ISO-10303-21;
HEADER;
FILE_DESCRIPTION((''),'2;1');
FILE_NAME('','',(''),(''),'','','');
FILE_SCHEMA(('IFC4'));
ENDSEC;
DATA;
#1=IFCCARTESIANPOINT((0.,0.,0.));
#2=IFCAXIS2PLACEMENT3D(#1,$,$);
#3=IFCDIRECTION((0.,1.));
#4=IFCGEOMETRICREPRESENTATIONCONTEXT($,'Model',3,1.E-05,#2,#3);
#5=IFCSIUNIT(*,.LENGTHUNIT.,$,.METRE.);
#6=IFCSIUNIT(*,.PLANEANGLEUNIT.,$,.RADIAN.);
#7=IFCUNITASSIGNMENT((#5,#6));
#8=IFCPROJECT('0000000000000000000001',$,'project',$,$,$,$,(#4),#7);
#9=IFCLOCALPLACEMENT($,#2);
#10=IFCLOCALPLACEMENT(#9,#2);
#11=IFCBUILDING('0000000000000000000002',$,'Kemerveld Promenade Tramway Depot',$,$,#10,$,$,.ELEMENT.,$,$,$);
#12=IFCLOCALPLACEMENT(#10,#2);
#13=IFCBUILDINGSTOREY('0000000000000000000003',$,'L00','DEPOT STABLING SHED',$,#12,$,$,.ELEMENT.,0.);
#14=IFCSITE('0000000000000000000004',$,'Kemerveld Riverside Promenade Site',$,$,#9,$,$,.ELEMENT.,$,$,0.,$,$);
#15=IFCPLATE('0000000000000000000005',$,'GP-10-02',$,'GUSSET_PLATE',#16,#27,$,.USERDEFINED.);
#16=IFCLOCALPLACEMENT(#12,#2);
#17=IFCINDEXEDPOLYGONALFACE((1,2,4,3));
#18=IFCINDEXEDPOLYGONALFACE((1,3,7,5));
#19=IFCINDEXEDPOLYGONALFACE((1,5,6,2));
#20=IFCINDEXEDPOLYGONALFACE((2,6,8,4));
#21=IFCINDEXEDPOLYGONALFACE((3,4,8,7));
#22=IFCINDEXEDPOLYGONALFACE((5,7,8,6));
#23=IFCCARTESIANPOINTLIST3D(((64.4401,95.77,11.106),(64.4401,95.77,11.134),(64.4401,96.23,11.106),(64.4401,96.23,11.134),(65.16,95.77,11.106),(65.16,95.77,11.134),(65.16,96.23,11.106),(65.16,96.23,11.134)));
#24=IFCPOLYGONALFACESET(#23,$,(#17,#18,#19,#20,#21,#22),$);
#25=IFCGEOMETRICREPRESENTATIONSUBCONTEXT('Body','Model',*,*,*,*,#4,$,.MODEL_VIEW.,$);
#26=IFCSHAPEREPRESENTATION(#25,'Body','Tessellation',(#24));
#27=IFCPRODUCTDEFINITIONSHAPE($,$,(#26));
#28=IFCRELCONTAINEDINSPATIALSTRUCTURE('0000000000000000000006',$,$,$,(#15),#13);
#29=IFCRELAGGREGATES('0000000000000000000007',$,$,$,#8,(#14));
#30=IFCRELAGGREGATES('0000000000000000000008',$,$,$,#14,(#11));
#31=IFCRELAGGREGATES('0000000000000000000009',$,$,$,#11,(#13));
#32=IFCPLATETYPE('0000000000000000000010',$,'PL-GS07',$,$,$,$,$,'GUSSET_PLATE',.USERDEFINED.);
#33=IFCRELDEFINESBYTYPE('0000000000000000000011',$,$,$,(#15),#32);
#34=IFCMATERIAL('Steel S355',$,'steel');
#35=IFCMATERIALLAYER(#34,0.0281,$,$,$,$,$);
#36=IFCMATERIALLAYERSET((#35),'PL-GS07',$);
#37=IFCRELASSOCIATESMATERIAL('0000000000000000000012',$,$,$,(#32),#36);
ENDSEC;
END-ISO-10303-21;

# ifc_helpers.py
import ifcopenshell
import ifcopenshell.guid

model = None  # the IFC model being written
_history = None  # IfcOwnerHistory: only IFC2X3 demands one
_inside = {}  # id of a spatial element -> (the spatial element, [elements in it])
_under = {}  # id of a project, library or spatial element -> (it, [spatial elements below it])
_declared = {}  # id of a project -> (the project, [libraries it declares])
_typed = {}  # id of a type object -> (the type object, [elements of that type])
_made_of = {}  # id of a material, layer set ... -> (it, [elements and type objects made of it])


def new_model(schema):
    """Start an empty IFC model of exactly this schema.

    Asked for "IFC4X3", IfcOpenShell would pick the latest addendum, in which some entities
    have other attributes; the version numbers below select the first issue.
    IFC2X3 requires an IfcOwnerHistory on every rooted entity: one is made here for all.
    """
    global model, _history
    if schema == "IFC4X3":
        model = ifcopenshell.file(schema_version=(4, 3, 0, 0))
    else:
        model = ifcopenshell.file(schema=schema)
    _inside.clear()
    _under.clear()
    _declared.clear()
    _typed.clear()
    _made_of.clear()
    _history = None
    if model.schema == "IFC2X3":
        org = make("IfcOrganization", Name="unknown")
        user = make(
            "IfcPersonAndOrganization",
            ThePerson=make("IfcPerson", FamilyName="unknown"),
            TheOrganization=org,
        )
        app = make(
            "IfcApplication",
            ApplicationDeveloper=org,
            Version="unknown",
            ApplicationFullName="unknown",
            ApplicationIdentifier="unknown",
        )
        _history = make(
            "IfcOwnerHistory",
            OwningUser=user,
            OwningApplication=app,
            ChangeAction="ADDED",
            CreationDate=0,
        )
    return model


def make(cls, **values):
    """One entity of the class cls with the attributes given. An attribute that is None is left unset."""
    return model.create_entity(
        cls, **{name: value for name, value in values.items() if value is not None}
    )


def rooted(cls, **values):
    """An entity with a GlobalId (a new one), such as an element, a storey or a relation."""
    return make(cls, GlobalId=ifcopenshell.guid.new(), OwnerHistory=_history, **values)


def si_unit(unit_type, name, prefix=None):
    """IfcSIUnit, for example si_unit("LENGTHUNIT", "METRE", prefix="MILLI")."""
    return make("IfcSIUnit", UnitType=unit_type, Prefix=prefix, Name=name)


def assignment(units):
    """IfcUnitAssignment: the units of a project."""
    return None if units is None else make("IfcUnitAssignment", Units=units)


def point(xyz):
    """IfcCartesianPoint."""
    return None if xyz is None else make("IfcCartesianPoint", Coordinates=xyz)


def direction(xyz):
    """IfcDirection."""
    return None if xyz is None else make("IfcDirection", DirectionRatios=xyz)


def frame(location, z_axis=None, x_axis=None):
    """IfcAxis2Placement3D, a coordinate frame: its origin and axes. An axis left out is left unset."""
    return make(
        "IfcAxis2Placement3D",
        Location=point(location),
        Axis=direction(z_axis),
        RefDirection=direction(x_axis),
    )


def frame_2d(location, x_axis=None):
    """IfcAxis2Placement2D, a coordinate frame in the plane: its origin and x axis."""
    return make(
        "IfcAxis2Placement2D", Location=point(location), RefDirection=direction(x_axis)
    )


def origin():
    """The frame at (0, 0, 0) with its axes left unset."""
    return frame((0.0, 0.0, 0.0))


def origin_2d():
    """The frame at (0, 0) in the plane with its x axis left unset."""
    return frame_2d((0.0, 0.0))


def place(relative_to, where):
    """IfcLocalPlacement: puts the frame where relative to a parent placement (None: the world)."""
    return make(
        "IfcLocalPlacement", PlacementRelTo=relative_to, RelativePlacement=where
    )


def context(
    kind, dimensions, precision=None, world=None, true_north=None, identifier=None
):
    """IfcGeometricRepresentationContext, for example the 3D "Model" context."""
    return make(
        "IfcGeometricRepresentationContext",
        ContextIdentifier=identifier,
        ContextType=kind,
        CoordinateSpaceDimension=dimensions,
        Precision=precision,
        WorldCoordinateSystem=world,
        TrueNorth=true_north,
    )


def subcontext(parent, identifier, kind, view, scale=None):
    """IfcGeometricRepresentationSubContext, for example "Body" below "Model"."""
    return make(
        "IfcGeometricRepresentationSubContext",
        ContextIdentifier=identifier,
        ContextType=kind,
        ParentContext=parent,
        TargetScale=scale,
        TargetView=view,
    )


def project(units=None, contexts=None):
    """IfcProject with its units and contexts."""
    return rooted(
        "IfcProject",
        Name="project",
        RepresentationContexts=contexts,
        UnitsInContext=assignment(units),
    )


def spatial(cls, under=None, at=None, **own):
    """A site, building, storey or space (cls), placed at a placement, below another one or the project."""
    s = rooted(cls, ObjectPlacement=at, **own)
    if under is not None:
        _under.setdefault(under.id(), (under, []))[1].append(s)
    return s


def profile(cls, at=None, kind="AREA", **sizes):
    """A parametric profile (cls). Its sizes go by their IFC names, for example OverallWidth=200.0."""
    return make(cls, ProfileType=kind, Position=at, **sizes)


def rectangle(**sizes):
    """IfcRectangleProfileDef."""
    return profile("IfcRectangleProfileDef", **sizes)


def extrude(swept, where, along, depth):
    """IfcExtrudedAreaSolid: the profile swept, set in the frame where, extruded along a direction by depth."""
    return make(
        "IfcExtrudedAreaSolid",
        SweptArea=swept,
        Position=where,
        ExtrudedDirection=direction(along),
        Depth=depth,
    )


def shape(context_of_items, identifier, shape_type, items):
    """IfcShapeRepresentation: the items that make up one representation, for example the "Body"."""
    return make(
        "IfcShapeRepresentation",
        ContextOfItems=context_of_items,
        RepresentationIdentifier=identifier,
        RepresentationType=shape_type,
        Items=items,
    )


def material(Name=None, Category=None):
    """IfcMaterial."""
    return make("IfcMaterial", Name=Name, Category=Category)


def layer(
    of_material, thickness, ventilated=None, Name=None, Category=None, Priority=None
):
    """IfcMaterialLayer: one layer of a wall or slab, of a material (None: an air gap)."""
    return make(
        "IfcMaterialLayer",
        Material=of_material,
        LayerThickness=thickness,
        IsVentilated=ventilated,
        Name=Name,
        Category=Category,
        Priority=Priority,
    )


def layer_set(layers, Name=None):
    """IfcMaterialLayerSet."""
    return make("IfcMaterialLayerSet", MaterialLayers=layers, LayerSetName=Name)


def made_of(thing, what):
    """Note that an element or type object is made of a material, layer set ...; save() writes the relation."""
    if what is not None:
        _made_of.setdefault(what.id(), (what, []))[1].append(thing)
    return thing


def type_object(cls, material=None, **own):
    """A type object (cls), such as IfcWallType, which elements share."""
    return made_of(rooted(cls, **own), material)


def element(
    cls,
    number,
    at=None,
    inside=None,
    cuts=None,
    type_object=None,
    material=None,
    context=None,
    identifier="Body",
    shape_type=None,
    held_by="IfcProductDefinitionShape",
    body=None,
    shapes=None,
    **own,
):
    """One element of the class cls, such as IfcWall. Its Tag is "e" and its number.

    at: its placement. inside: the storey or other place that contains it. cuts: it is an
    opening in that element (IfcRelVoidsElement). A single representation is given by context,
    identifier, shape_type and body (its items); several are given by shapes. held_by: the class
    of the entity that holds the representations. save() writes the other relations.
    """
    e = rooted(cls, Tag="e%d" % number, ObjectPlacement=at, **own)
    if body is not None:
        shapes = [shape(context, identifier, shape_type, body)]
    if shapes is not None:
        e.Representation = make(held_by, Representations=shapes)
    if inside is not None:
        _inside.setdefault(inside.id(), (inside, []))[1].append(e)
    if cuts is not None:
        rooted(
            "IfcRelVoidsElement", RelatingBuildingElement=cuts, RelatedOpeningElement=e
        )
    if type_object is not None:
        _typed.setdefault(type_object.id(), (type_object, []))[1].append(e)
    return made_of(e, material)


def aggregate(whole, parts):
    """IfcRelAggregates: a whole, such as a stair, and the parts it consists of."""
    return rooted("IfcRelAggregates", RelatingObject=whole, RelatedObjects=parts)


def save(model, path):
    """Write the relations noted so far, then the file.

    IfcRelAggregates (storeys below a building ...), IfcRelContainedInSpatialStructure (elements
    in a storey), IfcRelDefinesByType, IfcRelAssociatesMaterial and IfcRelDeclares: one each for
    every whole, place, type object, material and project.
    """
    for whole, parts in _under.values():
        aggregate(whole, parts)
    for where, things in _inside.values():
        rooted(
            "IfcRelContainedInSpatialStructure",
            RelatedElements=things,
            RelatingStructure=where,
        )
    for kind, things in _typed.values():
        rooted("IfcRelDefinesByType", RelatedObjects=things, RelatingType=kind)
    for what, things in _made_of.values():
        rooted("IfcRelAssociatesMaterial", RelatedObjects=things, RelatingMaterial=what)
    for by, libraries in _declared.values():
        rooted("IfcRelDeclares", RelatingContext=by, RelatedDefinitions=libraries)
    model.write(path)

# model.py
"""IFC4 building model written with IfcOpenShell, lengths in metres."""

from ifc_helpers import new_model, si_unit, direction, frame, origin, origin_2d, place, context, subcontext, project, spatial, rectangle, extrude, material, layer, layer_set, type_object, element, save


model = new_model("IFC4")

# Units and contexts
model_context = context("Model", 3, precision=1e-05, world=origin(), true_north=direction((0.0, 1.0)))
body_context = subcontext(model_context, "Body", "Model", "MODEL_VIEW")
ifc_project = project(units=[si_unit("LENGTHUNIT", "METRE"), si_unit("PLANEANGLEUNIT", "RADIAN")], contexts=[model_context])

# Site, building, storey
site_placement = place(None, origin())
site = spatial("IfcSite", under=ifc_project, at=site_placement, Name="Kemerveld Riverside Promenade Site", CompositionType="ELEMENT", RefElevation=0.0)
building_placement = place(site_placement, origin())
building = spatial("IfcBuilding", under=site, at=building_placement, Name="Kemerveld Promenade Tramway Depot", CompositionType="ELEMENT")
storey_placement = place(building_placement, origin())
storey = spatial("IfcBuildingStorey", under=building, at=storey_placement, Name="L00", Description="DEPOT STABLING SHED", CompositionType="ELEMENT", Elevation=0.0)

# Shared definitions
ifc_material_1 = material(Name="Steel S355", Category="steel")

# Plate
ifc_layer_1 = layer(ifc_material_1, 0.0281)
ifc_layer_set_1 = layer_set([ifc_layer_1], Name="PL-GS07")
plate_type_1 = type_object("IfcPlateType", Name="PL-GS07", ElementType="GUSSET_PLATE", PredefinedType="USERDEFINED", material=ifc_layer_set_1)
plate_1_placement = place(storey_placement, frame((64.8, 96.0, 11.106), z_axis=(0.0, 0.0, 1.0), x_axis=(1.0, 0.0, 0.0)))
element("IfcPlate", 1, at=plate_1_placement, inside=storey, type_object=plate_type_1, Name="GP-10-02", ObjectType="GUSSET_PLATE", PredefinedType="USERDEFINED", context=body_context, shape_type="SweptSolid", body=[
    extrude(rectangle(XDim=0.72, YDim=0.46, at=origin_2d()), origin(), (0.0, 0.0, 1.0), 0.0281),
])

save(model, "model.ifc")
